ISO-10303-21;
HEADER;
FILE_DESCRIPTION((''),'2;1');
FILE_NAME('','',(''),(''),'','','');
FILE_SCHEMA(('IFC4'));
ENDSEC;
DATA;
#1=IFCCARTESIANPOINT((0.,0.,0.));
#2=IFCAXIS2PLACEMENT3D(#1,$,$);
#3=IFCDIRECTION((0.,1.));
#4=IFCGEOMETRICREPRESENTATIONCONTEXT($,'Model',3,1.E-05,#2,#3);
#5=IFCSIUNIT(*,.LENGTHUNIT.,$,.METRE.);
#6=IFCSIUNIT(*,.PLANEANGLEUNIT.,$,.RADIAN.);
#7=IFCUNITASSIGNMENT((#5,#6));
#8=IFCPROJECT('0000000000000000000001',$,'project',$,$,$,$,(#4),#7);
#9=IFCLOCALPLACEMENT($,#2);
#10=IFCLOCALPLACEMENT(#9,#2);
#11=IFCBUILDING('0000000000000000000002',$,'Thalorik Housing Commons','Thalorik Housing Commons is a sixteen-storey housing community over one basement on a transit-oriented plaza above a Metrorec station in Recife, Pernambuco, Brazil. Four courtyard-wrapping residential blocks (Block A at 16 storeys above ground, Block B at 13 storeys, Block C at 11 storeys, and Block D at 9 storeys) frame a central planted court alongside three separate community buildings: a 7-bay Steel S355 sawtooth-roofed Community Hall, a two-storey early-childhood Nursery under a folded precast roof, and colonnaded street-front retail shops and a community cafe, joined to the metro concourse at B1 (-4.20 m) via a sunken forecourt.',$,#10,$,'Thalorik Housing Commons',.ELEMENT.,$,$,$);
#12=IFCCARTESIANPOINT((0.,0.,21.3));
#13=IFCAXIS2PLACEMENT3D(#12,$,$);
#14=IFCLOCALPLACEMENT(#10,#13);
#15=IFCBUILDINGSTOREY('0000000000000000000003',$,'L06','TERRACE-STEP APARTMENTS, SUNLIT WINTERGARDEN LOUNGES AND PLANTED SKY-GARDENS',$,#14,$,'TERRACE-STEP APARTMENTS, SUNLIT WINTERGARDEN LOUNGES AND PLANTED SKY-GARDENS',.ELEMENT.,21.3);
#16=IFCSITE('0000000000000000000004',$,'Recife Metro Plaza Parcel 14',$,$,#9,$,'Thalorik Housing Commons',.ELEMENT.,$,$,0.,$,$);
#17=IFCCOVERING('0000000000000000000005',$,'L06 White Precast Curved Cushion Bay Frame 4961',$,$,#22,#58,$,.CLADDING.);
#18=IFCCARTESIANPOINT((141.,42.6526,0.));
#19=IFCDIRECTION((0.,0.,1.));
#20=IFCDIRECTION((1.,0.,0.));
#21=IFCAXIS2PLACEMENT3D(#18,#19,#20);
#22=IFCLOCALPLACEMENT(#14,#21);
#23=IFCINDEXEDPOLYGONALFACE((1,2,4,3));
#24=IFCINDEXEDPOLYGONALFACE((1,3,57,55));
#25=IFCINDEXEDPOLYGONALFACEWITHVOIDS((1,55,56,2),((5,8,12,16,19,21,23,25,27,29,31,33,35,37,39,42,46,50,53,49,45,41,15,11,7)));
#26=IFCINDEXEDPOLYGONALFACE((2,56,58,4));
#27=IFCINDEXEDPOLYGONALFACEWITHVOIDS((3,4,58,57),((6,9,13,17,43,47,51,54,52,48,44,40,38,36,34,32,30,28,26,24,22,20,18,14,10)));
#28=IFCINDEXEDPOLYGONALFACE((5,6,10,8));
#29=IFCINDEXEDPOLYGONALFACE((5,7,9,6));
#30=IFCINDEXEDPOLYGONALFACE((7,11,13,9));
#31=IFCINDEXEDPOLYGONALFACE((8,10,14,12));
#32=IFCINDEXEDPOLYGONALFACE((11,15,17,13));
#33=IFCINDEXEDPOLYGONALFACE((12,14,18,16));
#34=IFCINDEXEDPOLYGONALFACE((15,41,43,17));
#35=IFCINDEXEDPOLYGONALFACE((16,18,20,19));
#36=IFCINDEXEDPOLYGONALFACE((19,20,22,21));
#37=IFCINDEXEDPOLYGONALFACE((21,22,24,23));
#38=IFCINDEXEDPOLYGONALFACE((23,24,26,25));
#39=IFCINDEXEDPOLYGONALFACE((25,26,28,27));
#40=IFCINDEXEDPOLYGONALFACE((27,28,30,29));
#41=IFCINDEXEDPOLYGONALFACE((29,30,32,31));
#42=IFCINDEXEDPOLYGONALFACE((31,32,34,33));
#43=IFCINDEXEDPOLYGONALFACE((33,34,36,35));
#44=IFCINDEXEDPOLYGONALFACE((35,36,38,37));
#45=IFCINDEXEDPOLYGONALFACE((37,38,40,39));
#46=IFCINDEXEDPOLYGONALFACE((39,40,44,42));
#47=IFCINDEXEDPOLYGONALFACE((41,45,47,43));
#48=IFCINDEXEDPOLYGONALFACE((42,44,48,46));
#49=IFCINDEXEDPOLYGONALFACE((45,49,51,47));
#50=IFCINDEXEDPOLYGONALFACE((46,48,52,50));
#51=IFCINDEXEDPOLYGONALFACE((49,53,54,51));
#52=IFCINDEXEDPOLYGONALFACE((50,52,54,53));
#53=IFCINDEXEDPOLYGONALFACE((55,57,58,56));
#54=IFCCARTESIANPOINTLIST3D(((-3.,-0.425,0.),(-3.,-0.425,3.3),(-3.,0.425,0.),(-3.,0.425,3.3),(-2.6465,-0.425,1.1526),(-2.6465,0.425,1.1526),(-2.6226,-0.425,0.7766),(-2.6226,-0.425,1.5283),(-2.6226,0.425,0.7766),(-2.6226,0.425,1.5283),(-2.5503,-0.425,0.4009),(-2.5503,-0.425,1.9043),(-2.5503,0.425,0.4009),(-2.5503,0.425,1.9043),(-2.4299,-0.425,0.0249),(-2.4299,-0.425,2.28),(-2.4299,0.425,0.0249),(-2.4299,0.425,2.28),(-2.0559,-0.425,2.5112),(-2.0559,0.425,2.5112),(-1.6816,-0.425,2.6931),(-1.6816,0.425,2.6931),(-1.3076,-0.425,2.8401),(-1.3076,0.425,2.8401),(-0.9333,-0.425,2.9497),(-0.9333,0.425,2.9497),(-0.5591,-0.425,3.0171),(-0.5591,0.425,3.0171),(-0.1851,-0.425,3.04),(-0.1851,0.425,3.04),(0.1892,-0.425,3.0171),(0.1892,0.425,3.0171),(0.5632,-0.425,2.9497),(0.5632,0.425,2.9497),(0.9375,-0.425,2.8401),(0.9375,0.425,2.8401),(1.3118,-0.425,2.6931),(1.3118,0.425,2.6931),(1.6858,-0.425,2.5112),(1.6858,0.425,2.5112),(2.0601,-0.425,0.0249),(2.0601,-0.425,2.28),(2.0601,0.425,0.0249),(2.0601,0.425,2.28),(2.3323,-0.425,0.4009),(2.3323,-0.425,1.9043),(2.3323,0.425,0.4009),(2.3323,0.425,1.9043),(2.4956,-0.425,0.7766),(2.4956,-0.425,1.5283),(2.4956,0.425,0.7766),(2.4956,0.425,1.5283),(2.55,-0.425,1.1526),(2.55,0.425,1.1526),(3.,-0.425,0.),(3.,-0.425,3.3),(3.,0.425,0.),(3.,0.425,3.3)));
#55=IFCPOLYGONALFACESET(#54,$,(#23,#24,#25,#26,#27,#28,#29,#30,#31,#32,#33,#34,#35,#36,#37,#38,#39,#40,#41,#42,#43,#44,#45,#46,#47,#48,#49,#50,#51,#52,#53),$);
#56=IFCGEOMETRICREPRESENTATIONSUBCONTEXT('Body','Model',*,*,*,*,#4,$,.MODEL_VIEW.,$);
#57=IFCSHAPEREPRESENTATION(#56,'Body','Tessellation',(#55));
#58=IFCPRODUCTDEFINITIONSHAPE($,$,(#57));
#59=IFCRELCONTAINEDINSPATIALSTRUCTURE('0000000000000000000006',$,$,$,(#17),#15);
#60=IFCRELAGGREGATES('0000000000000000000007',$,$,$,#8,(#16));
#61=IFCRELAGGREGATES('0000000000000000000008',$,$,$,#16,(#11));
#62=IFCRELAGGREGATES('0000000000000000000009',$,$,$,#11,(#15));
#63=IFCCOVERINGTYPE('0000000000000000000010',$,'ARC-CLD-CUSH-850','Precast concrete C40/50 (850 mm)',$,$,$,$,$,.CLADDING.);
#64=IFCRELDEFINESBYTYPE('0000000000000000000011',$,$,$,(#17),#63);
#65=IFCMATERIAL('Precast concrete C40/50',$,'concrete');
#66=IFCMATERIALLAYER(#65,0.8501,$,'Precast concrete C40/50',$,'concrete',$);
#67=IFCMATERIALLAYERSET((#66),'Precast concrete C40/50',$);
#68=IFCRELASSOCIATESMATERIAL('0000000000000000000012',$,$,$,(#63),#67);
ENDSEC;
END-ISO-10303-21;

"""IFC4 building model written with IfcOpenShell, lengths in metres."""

from ifc_helpers import new_model, si_unit, direction, frame, origin, place, context, subcontext, project, spatial, polyline, outline, extrude, material, layer, layer_set, type_object, element, save


model = new_model("IFC4")

# Units and contexts
model_context = context("Model", 3, precision=1e-05, world=origin(), true_north=direction((0.0, 1.0)))
body_context = subcontext(model_context, "Body", "Model", "MODEL_VIEW")
ifc_project = project(units=[si_unit("LENGTHUNIT", "METRE"), si_unit("PLANEANGLEUNIT", "RADIAN")], contexts=[model_context])

# Site, building, storey
site_placement = place(None, origin())
site = spatial("IfcSite", under=ifc_project, at=site_placement, Name="Recife Metro Plaza Parcel 14", LongName="Thalorik Housing Commons", CompositionType="ELEMENT", RefElevation=0.0)
building_placement = place(site_placement, origin())
building = spatial("IfcBuilding", under=site, at=building_placement, Name="Thalorik Housing Commons", Description="Thalorik Housing Commons is a sixteen-storey housing community over one basement on a transit-oriented plaza above a Metrorec station in Recife, Pernambuco, Brazil. Four courtyard-wrapping residential blocks (Block A at 16 storeys above ground, Block B at 13 storeys, Block C at 11 storeys, and Block D at 9 storeys) frame a central planted court alongside three separate community buildings: a 7-bay Steel S355 sawtooth-roofed Community Hall, a two-storey early-childhood Nursery under a folded precast roof, and colonnaded street-front retail shops and a community cafe, joined to the metro concourse at B1 (-4.20 m) via a sunken forecourt.", LongName="Thalorik Housing Commons", CompositionType="ELEMENT")
storey_placement = place(building_placement, frame((0.0, 0.0, 21.3)))
storey = spatial("IfcBuildingStorey", under=building, at=storey_placement, Name="L06", Description="TERRACE-STEP APARTMENTS, SUNLIT WINTERGARDEN LOUNGES AND PLANTED SKY-GARDENS", LongName="TERRACE-STEP APARTMENTS, SUNLIT WINTERGARDEN LOUNGES AND PLANTED SKY-GARDENS", CompositionType="ELEMENT", Elevation=21.3)

# Shared definitions
ifc_material_1 = material(Name="Precast concrete C40/50", Category="concrete")

# Covering
ifc_layer_1 = layer(ifc_material_1, 0.8501, Name="Precast concrete C40/50", Category="concrete")
ifc_layer_set_1 = layer_set([ifc_layer_1], Name="Precast concrete C40/50")
covering_type_1 = type_object("IfcCoveringType", Name="ARC-CLD-CUSH-850", Description="Precast concrete C40/50 (850 mm)", PredefinedType="CLADDING", material=ifc_layer_set_1)
covering_1_placement = place(storey_placement, frame((141.0, 42.6526, 0.0), z_axis=(0.0, 0.0, 1.0), x_axis=(1.0, 0.0, 0.0)))
element("IfcCovering", 1, at=covering_1_placement, inside=storey, type_object=covering_type_1, Name="L06 White Precast Curved Cushion Bay Frame 4961", PredefinedType="CLADDING", context=body_context, shape_type="SweptSolid", body=[
    extrude(outline(polyline([(-3.0, 0.0), (3.0, 0.0), (3.0, 3.3), (-3.0, 3.3), (-3.0, 0.0)]), holes=[polyline([(2.0601, 0.0249), (2.3323, 0.4009), (2.4956, 0.7766), (2.55, 1.1526), (2.4956, 1.5283), (2.3323, 1.9043), (2.0601, 2.28), (1.6858, 2.5112), (1.3118, 2.6931), (0.9375, 2.8401), (0.5632, 2.9497), (0.1892, 3.0171), (-0.1851, 3.04), (-0.5591, 3.0171), (-0.9333, 2.9497), (-1.3076, 2.8401), (-1.6816, 2.6931), (-2.0559, 2.5112), (-2.4299, 2.28), (-2.5503, 1.9043), (-2.6226, 1.5283), (-2.6465, 1.1526), (-2.6226, 0.7766), (-2.5503, 0.4009), (-2.4299, 0.0249), (2.0601, 0.0249)])]), frame((0.0, 0.425, 0.0), z_axis=(0.0, -1.0, 0.0), x_axis=(1.0, 0.0, 0.0)), (0.0, 0.0, 1.0), 0.8501),
])

save(model, "model.ifc")
